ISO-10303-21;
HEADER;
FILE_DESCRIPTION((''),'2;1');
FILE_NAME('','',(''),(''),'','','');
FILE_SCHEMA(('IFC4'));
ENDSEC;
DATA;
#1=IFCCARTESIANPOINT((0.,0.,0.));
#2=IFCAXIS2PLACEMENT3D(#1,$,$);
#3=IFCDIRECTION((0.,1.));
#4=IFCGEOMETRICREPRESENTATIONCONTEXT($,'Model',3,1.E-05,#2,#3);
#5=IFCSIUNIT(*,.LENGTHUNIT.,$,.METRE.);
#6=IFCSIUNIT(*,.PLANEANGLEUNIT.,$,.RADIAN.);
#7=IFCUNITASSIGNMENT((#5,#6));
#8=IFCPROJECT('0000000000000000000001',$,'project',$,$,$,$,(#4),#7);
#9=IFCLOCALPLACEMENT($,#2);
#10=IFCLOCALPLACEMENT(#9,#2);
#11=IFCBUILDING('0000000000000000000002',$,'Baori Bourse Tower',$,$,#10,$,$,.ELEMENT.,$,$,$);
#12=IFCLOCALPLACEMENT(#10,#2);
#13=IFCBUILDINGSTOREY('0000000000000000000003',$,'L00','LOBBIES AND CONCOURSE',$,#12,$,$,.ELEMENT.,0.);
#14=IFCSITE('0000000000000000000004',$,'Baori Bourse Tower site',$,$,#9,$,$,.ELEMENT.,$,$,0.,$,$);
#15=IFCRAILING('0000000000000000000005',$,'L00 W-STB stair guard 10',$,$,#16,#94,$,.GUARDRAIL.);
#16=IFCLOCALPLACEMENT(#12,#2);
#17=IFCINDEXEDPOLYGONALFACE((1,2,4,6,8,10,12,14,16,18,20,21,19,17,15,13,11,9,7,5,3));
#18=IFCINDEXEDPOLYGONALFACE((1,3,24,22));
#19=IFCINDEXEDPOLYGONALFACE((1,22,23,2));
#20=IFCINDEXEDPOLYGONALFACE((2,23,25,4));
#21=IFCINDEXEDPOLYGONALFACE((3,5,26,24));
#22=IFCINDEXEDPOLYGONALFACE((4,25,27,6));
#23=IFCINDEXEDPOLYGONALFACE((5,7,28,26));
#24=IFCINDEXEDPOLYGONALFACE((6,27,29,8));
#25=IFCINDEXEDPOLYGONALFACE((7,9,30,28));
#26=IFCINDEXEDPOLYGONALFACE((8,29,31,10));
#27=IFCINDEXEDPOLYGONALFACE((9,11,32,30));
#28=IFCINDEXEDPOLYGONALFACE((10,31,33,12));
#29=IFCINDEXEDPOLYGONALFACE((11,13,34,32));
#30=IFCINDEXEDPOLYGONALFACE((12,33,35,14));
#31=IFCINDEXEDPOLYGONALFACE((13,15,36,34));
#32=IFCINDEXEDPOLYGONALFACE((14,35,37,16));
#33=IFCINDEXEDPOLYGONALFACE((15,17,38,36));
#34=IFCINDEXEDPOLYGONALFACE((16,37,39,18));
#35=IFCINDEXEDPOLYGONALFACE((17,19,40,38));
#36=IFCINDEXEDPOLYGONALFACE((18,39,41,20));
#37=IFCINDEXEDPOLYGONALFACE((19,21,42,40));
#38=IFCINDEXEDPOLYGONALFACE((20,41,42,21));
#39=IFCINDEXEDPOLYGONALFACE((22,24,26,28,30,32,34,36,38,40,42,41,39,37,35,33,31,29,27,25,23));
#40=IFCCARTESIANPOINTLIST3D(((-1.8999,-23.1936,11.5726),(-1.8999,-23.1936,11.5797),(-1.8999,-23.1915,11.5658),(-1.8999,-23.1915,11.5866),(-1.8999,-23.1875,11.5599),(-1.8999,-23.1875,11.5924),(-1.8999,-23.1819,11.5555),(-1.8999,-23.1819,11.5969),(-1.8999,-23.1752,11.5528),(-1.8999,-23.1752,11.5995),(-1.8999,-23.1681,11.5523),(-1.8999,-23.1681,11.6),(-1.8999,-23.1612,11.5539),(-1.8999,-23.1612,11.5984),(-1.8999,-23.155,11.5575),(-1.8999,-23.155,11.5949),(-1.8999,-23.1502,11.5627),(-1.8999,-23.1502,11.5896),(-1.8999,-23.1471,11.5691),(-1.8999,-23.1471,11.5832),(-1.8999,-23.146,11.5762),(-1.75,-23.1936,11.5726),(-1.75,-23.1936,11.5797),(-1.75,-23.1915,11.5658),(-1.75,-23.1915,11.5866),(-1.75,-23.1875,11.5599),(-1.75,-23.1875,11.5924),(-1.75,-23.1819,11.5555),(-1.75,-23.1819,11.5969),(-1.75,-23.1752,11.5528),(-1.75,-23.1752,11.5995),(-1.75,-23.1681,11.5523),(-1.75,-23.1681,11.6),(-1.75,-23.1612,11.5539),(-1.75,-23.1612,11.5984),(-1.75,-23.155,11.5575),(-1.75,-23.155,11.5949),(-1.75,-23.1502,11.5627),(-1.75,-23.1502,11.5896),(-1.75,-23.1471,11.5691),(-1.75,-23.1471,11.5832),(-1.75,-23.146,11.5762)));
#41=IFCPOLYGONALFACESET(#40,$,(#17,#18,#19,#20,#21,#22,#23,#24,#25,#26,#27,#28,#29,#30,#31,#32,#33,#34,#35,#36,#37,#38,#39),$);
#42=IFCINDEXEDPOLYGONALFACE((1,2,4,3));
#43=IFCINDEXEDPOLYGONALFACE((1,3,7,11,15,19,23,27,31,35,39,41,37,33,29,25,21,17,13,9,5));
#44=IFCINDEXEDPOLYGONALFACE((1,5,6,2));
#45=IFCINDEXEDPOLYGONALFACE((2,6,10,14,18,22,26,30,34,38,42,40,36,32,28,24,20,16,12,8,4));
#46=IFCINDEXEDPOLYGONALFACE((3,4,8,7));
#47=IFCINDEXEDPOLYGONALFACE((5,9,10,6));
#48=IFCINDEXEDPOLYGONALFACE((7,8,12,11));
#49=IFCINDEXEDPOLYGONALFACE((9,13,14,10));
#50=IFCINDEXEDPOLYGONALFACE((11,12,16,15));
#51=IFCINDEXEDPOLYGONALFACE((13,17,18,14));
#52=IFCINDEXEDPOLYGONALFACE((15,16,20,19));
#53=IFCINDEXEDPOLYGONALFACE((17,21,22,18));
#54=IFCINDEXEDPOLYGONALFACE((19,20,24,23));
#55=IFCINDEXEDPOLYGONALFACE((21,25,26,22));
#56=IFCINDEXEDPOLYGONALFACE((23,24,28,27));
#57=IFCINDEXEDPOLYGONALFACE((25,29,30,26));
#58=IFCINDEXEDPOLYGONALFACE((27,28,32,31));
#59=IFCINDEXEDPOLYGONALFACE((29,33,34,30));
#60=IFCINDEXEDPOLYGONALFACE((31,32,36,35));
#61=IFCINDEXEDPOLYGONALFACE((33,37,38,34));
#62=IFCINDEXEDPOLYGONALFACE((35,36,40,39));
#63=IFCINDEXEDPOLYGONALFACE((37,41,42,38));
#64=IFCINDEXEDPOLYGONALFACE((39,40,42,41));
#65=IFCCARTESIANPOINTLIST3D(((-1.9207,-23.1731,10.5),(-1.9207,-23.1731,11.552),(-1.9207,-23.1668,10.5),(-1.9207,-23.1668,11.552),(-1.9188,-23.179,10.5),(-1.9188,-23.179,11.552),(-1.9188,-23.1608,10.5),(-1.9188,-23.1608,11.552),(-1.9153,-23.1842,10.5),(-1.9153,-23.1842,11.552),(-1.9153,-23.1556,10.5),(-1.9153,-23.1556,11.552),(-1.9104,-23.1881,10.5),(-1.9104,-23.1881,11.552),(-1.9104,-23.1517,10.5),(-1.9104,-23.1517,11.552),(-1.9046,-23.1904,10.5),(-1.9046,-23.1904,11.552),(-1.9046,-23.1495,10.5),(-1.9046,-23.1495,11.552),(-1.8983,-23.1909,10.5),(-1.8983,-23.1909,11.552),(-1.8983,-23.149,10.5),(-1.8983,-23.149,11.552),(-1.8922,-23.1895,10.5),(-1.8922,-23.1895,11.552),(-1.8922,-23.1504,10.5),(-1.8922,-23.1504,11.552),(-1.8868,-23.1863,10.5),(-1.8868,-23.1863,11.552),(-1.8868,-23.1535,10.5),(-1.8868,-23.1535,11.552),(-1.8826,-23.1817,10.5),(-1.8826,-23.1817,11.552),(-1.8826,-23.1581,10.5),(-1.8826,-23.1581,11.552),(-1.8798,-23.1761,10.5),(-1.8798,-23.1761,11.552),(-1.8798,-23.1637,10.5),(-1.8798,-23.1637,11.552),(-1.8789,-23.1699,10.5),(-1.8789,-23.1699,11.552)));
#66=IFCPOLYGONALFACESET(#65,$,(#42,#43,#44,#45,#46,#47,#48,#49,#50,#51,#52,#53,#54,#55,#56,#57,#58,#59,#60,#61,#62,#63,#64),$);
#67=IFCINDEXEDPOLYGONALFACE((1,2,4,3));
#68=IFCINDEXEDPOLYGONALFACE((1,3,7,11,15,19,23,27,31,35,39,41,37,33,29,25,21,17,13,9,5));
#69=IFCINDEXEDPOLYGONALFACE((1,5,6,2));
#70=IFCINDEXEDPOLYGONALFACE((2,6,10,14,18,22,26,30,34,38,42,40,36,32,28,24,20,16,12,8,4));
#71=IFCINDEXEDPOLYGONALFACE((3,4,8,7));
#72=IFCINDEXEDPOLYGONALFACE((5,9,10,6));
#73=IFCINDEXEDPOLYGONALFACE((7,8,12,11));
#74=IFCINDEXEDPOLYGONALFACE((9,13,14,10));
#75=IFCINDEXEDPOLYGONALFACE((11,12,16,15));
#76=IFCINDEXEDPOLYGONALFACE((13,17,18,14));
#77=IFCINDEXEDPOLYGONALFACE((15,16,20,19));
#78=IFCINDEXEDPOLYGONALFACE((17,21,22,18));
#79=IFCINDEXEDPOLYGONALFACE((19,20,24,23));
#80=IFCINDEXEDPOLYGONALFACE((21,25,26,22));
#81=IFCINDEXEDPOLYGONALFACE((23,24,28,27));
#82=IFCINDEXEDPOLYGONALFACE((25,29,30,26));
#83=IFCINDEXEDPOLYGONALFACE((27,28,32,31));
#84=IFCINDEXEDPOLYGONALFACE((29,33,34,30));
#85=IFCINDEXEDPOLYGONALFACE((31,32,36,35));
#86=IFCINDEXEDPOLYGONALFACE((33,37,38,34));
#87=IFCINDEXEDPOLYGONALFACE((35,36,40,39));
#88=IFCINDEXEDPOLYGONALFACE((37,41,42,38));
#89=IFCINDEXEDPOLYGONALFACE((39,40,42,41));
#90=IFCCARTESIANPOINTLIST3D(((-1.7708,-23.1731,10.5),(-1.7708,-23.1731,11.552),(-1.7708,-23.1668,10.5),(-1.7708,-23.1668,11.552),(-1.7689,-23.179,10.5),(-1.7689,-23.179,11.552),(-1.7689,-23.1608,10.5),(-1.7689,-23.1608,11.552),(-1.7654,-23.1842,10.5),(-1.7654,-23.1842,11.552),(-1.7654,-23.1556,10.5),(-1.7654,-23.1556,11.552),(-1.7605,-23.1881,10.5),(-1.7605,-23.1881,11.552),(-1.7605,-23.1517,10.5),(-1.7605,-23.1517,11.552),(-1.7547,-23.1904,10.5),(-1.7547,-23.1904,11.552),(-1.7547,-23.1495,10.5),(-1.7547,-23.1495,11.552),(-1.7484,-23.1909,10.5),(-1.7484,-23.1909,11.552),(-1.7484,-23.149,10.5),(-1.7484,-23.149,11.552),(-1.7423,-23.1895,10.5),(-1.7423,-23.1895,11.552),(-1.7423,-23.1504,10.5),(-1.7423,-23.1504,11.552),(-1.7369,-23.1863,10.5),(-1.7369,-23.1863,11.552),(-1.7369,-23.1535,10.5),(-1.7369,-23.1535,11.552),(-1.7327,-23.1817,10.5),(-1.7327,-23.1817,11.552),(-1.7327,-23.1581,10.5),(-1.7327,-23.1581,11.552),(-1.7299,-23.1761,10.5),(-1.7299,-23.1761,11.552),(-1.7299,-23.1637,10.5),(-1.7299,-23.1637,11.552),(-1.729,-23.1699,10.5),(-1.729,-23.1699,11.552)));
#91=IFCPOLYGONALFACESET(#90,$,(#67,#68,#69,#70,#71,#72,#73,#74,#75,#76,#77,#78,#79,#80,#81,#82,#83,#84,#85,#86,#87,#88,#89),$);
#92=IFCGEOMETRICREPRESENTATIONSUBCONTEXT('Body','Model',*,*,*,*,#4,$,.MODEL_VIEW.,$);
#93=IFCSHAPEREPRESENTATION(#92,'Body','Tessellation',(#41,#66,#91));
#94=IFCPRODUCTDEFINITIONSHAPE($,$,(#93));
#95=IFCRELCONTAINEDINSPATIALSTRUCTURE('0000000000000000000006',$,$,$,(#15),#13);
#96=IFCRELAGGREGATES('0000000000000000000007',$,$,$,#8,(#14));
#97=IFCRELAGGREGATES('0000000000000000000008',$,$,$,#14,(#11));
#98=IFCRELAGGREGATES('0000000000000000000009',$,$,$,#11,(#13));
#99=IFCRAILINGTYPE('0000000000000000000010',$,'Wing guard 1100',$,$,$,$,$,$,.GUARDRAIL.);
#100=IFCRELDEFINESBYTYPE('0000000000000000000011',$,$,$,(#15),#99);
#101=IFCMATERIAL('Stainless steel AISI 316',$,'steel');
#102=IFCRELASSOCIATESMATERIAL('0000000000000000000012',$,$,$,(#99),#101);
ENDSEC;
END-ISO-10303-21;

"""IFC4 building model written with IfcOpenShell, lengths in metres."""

from ifc_helpers import new_model, si_unit, direction, frame, origin, origin_2d, place, context, subcontext, project, spatial, circle, extrude, material, type_object, element, save


model = new_model("IFC4")

# Units and contexts
model_context = context("Model", 3, precision=1e-05, world=origin(), true_north=direction((0.0, 1.0)))
body_context = subcontext(model_context, "Body", "Model", "MODEL_VIEW")
ifc_project = project(units=[si_unit("LENGTHUNIT", "METRE"), si_unit("PLANEANGLEUNIT", "RADIAN")], contexts=[model_context])

# Site, building, storey
site_placement = place(None, origin())
site = spatial("IfcSite", under=ifc_project, at=site_placement, Name="Baori Bourse Tower site", CompositionType="ELEMENT", RefElevation=0.0)
building_placement = place(site_placement, origin())
building = spatial("IfcBuilding", under=site, at=building_placement, Name="Baori Bourse Tower", CompositionType="ELEMENT")
storey_placement = place(building_placement, origin())
storey = spatial("IfcBuildingStorey", under=building, at=storey_placement, Name="L00", Description="LOBBIES AND CONCOURSE", CompositionType="ELEMENT", Elevation=0.0)

# Railing
ifc_material_1 = material(Name="Stainless steel AISI 316", Category="steel")
railing_type = type_object("IfcRailingType", Name="Wing guard 1100", PredefinedType="GUARDRAIL", material=ifc_material_1)
railing_1_placement = place(storey_placement, frame((-1.8999, -23.1699, 10.5)))
element("IfcRailing", 1, at=railing_1_placement, inside=storey, type_object=railing_type, Name="L00 W-STB stair guard 10", PredefinedType="GUARDRAIL", context=body_context, shape_type="SweptSolid", body=[
    extrude(circle(Radius=0.0239, at=origin_2d()), frame((0.0, 0.0, 1.0762), z_axis=(1.0, 0.0, 0.0), x_axis=(0.0, 1.0, 0.0)), (0.0, 0.0, 1.0), 0.1499),
    extrude(circle(Radius=0.021, at=origin_2d()), origin(), (0.0, 0.0, 1.0), 1.052),
    extrude(circle(Radius=0.021, at=origin_2d()), frame((0.1499, 0.0, 0.0)), (0.0, 0.0, 1.0), 1.052),
])

save(model, "model.ifc")
